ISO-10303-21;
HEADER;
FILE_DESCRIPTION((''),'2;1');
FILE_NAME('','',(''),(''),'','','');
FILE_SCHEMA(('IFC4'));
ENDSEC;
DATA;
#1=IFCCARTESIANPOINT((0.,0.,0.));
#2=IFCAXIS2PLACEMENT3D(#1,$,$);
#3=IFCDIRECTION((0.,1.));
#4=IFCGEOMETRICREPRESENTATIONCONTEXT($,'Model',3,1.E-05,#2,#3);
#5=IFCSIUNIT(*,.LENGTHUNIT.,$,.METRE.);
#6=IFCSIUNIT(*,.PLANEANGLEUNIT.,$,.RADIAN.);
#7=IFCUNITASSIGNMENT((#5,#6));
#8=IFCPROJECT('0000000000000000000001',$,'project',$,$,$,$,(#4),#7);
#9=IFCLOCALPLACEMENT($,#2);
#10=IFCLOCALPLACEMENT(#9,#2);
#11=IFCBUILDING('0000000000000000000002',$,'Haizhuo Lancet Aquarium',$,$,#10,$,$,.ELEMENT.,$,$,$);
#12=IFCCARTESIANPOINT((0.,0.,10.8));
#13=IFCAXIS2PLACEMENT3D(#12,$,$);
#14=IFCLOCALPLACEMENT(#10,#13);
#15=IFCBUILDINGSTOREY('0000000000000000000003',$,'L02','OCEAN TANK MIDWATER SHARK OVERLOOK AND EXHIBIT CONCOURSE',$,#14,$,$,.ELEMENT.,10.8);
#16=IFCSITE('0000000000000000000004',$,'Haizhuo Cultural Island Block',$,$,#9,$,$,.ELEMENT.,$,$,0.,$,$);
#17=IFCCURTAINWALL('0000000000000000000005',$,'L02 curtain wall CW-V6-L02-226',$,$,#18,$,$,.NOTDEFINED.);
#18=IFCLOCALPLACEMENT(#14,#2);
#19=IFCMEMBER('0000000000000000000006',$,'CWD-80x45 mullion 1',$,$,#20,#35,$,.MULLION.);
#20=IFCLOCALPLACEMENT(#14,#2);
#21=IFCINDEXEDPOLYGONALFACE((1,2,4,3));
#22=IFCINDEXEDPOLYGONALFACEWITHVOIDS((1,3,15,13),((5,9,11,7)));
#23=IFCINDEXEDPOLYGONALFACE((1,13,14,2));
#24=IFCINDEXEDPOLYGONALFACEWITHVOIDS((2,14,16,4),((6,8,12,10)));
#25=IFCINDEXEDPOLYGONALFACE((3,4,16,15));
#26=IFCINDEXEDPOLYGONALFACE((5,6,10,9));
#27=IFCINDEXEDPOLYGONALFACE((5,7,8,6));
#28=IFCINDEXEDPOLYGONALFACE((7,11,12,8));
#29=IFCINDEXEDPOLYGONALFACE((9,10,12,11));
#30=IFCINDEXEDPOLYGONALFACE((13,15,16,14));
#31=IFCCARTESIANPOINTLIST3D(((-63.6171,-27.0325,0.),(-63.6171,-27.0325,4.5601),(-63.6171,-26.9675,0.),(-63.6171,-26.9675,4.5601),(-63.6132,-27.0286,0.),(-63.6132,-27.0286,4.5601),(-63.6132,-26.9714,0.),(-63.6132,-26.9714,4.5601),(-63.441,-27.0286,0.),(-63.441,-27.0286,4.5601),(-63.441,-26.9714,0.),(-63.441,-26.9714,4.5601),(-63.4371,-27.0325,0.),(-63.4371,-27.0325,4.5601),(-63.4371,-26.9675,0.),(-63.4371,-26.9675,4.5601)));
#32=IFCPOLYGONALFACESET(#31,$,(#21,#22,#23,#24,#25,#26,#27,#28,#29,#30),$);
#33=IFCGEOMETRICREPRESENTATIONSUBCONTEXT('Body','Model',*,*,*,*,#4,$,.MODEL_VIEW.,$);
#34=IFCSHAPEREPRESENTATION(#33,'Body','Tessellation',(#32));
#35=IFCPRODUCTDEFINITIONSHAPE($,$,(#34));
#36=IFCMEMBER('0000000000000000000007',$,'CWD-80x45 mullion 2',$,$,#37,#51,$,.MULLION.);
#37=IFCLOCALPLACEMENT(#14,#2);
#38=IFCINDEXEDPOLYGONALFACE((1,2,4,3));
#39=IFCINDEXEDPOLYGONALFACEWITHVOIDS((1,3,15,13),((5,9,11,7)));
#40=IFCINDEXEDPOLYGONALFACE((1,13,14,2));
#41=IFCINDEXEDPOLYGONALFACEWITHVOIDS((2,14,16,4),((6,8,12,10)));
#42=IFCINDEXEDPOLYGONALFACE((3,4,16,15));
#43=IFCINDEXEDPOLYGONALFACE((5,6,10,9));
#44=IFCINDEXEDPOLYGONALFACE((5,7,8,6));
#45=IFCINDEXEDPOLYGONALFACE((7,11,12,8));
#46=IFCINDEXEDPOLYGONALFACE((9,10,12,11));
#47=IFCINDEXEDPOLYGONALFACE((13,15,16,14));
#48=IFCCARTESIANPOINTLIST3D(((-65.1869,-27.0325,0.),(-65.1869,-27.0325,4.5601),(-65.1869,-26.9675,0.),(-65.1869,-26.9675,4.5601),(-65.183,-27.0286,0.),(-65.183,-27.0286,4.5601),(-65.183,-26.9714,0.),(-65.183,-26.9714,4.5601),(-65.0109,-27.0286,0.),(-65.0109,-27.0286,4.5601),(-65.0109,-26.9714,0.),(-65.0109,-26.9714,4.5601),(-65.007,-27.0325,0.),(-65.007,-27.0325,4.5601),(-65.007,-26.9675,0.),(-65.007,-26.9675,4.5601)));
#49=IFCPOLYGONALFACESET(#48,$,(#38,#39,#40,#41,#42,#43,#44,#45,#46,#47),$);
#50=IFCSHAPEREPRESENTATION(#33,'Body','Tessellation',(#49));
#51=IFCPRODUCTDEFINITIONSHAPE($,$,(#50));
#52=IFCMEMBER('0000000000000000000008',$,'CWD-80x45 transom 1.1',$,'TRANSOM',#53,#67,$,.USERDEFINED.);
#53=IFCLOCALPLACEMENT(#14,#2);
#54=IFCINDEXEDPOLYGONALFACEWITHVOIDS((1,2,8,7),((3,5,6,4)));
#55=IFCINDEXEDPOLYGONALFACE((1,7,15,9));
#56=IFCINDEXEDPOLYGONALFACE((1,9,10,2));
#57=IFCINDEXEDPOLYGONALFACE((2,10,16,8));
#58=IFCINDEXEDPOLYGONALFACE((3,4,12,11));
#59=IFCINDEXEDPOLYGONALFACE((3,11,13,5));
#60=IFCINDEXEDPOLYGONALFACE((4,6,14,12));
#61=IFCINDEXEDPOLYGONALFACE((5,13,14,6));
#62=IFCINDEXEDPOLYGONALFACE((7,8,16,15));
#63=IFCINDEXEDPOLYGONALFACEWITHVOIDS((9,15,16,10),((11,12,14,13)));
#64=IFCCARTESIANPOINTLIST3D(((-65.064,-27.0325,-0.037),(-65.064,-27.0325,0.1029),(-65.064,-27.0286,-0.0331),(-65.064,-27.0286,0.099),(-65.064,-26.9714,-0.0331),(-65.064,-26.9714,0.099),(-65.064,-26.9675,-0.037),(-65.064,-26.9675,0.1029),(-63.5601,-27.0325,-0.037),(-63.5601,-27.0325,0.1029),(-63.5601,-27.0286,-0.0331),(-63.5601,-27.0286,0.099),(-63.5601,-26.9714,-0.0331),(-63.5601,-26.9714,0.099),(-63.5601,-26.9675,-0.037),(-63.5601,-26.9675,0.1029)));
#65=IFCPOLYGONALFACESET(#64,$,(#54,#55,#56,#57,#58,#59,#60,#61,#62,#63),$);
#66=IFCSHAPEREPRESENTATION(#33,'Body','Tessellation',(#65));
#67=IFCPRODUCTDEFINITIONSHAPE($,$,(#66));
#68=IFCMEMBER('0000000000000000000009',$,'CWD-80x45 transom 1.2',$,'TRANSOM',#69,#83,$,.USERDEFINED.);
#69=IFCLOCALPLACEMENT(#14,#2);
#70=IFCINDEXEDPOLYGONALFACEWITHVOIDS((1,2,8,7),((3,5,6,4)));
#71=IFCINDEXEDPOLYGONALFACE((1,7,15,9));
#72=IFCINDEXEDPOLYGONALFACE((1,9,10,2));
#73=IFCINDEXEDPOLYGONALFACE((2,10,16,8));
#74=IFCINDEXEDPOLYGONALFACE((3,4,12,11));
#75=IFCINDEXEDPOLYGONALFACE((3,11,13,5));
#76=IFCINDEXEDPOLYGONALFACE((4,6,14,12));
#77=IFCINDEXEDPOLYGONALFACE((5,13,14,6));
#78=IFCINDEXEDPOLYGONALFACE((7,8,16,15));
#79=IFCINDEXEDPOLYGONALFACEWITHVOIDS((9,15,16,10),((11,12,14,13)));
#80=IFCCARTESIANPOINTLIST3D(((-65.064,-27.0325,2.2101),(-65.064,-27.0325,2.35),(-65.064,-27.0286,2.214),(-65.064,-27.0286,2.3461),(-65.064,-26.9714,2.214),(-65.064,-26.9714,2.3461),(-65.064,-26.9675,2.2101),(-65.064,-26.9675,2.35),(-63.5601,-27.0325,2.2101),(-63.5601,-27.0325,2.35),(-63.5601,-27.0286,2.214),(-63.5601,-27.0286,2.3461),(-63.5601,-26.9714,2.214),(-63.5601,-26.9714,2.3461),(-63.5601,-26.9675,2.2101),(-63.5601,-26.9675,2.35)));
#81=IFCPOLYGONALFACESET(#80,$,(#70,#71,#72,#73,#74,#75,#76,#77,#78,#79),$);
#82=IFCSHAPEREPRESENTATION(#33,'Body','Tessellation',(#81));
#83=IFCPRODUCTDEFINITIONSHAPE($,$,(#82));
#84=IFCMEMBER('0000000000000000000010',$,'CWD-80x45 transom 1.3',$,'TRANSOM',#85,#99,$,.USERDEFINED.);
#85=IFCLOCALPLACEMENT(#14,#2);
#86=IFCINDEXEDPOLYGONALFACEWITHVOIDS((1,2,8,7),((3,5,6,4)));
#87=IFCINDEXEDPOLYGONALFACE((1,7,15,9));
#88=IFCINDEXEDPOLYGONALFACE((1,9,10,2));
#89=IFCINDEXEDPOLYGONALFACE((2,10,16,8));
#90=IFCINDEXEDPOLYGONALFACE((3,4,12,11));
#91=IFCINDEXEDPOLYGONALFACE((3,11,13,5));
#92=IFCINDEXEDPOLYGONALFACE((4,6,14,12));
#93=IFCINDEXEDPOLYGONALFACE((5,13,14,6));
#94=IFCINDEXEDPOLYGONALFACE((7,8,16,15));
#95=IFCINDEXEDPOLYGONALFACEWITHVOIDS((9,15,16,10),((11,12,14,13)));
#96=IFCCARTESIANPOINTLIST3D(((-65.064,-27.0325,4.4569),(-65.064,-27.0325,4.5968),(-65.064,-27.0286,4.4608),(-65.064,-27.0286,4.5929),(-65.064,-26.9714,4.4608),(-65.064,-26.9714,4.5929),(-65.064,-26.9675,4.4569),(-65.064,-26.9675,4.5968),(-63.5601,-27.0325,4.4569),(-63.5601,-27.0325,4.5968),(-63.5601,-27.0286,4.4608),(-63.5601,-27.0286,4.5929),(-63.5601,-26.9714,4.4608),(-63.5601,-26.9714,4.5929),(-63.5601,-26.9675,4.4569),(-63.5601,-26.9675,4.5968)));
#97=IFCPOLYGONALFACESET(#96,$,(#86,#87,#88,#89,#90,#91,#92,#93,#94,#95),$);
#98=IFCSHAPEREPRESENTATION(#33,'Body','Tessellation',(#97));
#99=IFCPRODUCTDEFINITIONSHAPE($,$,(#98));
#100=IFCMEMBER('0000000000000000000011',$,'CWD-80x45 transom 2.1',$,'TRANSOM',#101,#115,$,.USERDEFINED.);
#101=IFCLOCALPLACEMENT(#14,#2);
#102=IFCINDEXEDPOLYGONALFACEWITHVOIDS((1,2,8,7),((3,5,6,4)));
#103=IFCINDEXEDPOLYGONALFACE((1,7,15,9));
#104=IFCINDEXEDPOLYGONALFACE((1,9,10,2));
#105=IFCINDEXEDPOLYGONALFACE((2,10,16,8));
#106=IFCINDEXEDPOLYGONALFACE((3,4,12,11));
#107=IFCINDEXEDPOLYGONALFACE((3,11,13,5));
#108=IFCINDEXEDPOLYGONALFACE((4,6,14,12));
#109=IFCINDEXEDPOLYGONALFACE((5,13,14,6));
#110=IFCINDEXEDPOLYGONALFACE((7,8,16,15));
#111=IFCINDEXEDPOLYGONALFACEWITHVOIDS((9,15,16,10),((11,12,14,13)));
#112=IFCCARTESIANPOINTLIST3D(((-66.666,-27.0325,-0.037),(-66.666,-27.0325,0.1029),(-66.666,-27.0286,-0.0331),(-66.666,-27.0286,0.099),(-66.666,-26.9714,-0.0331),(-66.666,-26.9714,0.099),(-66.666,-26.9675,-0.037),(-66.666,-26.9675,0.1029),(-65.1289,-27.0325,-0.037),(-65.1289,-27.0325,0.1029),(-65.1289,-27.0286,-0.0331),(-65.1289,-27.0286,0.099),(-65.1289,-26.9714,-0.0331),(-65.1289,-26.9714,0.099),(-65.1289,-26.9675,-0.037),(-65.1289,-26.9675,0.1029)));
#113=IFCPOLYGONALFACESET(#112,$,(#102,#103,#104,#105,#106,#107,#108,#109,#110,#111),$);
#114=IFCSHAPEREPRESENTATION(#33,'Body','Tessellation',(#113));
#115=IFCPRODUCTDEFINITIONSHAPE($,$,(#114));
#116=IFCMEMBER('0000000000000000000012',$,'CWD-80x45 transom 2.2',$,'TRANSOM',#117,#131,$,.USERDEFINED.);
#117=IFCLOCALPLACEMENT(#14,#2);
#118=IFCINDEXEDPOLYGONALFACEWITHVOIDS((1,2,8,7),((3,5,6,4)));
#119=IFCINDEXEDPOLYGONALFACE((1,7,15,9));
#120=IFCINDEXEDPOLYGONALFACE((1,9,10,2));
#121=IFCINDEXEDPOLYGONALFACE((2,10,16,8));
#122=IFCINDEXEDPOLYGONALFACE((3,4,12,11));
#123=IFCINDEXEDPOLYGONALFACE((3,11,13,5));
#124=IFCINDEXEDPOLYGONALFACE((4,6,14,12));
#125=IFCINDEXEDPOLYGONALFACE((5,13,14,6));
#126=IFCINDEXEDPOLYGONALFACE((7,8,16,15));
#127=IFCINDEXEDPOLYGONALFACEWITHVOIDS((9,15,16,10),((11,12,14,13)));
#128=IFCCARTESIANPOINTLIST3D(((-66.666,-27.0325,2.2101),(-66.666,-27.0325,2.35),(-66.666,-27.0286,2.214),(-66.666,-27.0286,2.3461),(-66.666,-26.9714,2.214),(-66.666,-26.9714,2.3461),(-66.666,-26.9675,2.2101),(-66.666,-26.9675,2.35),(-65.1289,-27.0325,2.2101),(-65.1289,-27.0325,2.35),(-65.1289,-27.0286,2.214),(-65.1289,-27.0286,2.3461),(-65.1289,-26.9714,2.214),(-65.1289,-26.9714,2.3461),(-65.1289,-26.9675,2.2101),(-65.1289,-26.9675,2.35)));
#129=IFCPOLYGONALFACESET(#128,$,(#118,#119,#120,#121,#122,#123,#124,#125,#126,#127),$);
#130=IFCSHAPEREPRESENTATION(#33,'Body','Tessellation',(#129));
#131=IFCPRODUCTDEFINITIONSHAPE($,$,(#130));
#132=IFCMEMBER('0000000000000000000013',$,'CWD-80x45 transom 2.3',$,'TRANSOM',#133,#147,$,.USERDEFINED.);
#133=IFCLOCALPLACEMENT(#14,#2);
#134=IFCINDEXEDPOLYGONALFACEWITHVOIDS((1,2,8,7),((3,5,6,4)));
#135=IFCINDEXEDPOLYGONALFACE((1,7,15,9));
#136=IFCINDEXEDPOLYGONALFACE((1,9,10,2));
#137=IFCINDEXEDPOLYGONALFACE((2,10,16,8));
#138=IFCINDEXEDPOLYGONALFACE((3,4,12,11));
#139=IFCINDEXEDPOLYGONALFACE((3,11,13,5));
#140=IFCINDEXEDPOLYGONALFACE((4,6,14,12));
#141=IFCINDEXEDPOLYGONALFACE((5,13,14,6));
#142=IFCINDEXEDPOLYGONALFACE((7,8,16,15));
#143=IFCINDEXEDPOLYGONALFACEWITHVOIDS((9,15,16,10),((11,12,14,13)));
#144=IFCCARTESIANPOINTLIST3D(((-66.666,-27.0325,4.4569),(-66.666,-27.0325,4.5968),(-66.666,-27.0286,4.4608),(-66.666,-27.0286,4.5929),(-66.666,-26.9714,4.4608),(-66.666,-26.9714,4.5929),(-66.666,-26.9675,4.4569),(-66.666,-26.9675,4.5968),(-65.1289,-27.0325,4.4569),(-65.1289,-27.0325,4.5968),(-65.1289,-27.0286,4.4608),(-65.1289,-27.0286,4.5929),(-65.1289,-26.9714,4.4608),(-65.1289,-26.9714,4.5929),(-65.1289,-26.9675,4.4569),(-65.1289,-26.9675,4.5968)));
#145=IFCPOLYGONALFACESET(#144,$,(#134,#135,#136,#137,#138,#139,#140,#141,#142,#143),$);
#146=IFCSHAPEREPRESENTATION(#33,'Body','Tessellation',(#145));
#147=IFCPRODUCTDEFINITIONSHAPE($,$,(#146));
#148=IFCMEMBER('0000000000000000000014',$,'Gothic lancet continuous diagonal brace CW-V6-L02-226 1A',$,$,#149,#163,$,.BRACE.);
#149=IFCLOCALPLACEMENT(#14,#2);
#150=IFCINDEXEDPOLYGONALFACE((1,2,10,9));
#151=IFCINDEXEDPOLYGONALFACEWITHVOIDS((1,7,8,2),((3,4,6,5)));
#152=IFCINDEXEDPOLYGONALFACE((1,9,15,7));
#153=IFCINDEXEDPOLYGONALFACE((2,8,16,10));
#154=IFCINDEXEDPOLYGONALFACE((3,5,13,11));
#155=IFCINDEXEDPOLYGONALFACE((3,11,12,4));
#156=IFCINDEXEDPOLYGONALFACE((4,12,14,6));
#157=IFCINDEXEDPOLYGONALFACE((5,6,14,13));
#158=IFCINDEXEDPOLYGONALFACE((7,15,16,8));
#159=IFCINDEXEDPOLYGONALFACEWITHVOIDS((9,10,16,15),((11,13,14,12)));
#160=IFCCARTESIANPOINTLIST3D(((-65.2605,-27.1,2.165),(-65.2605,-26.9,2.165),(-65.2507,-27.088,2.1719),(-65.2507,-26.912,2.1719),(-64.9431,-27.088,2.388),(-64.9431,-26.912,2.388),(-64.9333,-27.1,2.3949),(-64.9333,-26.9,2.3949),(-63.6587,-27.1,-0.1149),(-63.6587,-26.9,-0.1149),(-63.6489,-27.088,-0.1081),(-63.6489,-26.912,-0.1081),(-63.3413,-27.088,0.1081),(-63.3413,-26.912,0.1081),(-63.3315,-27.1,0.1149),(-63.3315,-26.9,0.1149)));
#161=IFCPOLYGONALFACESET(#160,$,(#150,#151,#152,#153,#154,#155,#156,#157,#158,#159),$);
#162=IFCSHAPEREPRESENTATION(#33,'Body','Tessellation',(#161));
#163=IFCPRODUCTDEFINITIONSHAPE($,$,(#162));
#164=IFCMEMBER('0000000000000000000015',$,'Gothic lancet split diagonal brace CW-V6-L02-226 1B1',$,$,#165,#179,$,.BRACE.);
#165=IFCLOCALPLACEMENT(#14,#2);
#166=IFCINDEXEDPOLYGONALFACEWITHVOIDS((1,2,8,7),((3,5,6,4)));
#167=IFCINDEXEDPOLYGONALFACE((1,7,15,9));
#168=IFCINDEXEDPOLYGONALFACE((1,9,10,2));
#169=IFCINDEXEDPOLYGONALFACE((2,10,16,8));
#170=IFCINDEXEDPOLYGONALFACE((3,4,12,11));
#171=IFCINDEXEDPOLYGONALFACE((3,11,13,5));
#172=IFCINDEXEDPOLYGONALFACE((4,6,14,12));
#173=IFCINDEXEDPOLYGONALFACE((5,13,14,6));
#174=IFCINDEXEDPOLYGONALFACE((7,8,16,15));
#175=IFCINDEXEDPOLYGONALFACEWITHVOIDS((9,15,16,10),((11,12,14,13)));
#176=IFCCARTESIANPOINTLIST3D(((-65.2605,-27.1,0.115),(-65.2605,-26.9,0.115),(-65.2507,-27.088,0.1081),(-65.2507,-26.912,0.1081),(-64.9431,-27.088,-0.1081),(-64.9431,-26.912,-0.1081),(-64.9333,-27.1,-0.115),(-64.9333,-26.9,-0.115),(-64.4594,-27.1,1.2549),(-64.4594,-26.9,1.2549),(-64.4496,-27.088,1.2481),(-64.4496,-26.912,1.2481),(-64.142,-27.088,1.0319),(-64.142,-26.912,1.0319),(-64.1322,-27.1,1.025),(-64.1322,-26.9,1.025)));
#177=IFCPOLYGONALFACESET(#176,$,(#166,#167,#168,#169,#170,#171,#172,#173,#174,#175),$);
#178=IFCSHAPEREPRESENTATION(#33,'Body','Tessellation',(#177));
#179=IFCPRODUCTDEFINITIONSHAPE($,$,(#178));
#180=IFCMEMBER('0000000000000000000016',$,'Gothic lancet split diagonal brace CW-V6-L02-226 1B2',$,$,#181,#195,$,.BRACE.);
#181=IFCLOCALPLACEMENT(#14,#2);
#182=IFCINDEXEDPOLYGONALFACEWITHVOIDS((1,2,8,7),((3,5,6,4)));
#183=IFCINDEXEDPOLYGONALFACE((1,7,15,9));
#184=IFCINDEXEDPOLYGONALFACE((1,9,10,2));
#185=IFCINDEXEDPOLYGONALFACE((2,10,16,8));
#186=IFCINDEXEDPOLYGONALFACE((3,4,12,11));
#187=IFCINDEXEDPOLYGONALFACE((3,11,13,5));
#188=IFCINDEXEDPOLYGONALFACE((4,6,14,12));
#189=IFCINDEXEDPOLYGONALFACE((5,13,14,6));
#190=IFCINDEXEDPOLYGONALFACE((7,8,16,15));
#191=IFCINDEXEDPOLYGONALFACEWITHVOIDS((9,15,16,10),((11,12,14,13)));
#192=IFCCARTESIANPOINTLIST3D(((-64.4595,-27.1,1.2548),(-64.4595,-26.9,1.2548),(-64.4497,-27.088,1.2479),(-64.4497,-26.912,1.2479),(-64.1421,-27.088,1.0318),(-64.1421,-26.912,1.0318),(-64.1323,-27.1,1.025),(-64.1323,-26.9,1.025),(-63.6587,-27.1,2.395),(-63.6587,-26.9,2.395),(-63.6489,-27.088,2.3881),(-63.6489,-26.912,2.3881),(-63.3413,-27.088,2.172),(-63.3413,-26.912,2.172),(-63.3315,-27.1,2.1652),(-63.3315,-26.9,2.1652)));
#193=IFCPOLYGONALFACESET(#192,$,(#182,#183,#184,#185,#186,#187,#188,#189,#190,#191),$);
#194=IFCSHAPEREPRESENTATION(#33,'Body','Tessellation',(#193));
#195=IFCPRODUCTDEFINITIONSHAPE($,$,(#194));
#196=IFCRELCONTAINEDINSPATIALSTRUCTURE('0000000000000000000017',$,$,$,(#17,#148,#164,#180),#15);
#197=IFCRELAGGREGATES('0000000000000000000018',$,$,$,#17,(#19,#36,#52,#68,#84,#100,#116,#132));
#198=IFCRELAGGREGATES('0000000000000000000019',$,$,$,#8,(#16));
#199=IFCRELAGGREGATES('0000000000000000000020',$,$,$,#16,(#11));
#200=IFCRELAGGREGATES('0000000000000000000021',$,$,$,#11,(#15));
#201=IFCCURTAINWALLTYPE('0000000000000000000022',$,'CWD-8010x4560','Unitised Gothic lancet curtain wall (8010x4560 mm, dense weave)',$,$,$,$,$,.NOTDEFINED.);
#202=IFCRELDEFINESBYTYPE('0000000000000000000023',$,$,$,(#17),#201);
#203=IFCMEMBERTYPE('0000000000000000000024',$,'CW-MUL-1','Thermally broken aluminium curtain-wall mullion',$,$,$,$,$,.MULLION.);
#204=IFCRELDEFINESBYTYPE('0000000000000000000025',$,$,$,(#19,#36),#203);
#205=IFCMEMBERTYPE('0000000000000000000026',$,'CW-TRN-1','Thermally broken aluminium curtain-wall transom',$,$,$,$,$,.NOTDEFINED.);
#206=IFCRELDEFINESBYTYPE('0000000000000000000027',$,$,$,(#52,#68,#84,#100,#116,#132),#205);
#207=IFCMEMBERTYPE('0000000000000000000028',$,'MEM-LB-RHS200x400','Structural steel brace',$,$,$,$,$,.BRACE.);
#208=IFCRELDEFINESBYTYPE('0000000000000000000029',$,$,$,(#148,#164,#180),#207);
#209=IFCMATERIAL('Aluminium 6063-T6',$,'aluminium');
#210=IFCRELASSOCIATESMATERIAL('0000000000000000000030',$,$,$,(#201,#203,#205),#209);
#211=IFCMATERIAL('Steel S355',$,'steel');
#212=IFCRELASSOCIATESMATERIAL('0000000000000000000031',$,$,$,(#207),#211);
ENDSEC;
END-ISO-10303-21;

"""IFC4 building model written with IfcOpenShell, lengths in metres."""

from ifc_helpers import new_model, si_unit, direction, frame, origin, origin_2d, place, context, subcontext, project, spatial, hollow_rectangle, extrude, material, material_profile, profile_set, type_object, element, aggregate, save


model = new_model("IFC4")

# Units and contexts
model_context = context("Model", 3, precision=1e-05, world=origin(), true_north=direction((0.0, 1.0)))
body_context = subcontext(model_context, "Body", "Model", "MODEL_VIEW")
ifc_project = project(units=[si_unit("LENGTHUNIT", "METRE"), si_unit("PLANEANGLEUNIT", "RADIAN")], contexts=[model_context])

# Site, building, storey
site_placement = place(None, origin())
site = spatial("IfcSite", under=ifc_project, at=site_placement, Name="Haizhuo Cultural Island Block", CompositionType="ELEMENT", RefElevation=0.0)
building_placement = place(site_placement, origin())
building = spatial("IfcBuilding", under=site, at=building_placement, Name="Haizhuo Lancet Aquarium", CompositionType="ELEMENT")
storey_placement = place(building_placement, frame((0.0, 0.0, 10.8)))
storey = spatial("IfcBuildingStorey", under=building, at=storey_placement, Name="L02", Description="OCEAN TANK MIDWATER SHARK OVERLOOK AND EXHIBIT CONCOURSE", CompositionType="ELEMENT", Elevation=10.8)

# Curtain wall, members
ifc_material_1 = material(Name="Aluminium 6063-T6", Category="aluminium")
curtain_wall_type = type_object("IfcCurtainWallType", Name="CWD-8010x4560", Description="Unitised Gothic lancet curtain wall (8010x4560 mm, dense weave)", PredefinedType="NOTDEFINED", material=ifc_material_1)
curtain_wall_placement = place(storey_placement, origin())
curtain_wall = element("IfcCurtainWall", 1, at=curtain_wall_placement, inside=storey, type_object=curtain_wall_type, Name="L02 curtain wall CW-V6-L02-226", PredefinedType="NOTDEFINED")
ifc_material_profile_1 = material_profile(ifc_material_1, hollow_rectangle(XDim=0.0649, YDim=0.1799, WallThickness=0.0039, at=origin_2d()), Name="ALU-M 65x180x4")
ifc_profile_set_1 = profile_set([ifc_material_profile_1], Name="Aluminium 6063-T6")
member_type_1 = type_object("IfcMemberType", Name="CW-MUL-1", Description="Thermally broken aluminium curtain-wall mullion", PredefinedType="MULLION", material=ifc_profile_set_1)
member_1_placement = place(storey_placement, frame((-63.5271, -27.0, 0.0), z_axis=(0.0, 0.0, 1.0), x_axis=(0.0, -1.0, 0.0)))
member_1 = element("IfcMember", 2, at=member_1_placement, type_object=member_type_1, Name="CWD-80x45 mullion 1", PredefinedType="MULLION", context=body_context, shape_type="SweptSolid", body=[
    extrude(hollow_rectangle(XDim=0.0649, YDim=0.1799, WallThickness=0.0039, at=origin_2d()), origin(), (0.0, 0.0, 1.0), 4.5601),
])
member_2_placement = place(storey_placement, frame((-65.0969, -27.0, 0.0), z_axis=(0.0, 0.0, 1.0), x_axis=(0.0, -1.0, 0.0)))
member_2 = element("IfcMember", 3, at=member_2_placement, type_object=member_type_1, Name="CWD-80x45 mullion 2", PredefinedType="MULLION", context=body_context, shape_type="SweptSolid", body=[
    extrude(hollow_rectangle(XDim=0.0649, YDim=0.1799, WallThickness=0.0039, at=origin_2d()), origin(), (0.0, 0.0, 1.0), 4.5601),
])
ifc_material_profile_2 = material_profile(ifc_material_1, hollow_rectangle(XDim=0.0649, YDim=0.1399, WallThickness=0.0039, at=origin_2d()), Name="ALU-T 65x140x4")
ifc_profile_set_2 = profile_set([ifc_material_profile_2], Name="Aluminium 6063-T6")
member_type_2 = type_object("IfcMemberType", Name="CW-TRN-1", Description="Thermally broken aluminium curtain-wall transom", PredefinedType="NOTDEFINED", material=ifc_profile_set_2)
member_3_placement = place(storey_placement, frame((-63.5601, -27.0, 0.033), z_axis=(-1.0, 0.0, 0.0), x_axis=(0.0, -1.0, 0.0)))
member_3 = element("IfcMember", 4, at=member_3_placement, type_object=member_type_2, Name="CWD-80x45 transom 1.1", ObjectType="TRANSOM", PredefinedType="USERDEFINED", context=body_context, shape_type="SweptSolid", body=[
    extrude(hollow_rectangle(XDim=0.0649, YDim=0.1399, WallThickness=0.0039, at=origin_2d()), origin(), (0.0, 0.0, 1.0), 1.5039),
])
member_4_placement = place(storey_placement, frame((-63.5601, -27.0, 2.28), z_axis=(-1.0, 0.0, 0.0), x_axis=(0.0, -1.0, 0.0)))
member_4 = element("IfcMember", 5, at=member_4_placement, type_object=member_type_2, Name="CWD-80x45 transom 1.2", ObjectType="TRANSOM", PredefinedType="USERDEFINED", context=body_context, shape_type="SweptSolid", body=[
    extrude(hollow_rectangle(XDim=0.0649, YDim=0.1399, WallThickness=0.0039, at=origin_2d()), origin(), (0.0, 0.0, 1.0), 1.5039),
])
member_5_placement = place(storey_placement, frame((-63.5601, -27.0, 4.5269), z_axis=(-1.0, 0.0, 0.0), x_axis=(0.0, -1.0, 0.0)))
member_5 = element("IfcMember", 6, at=member_5_placement, type_object=member_type_2, Name="CWD-80x45 transom 1.3", ObjectType="TRANSOM", PredefinedType="USERDEFINED", context=body_context, shape_type="SweptSolid", body=[
    extrude(hollow_rectangle(XDim=0.0649, YDim=0.1399, WallThickness=0.0039, at=origin_2d()), origin(), (0.0, 0.0, 1.0), 1.5039),
])
member_6_placement = place(storey_placement, frame((-65.1289, -27.0, 0.033), z_axis=(-1.0, 0.0, 0.0), x_axis=(0.0, -1.0, 0.0)))
member_6 = element("IfcMember", 7, at=member_6_placement, type_object=member_type_2, Name="CWD-80x45 transom 2.1", ObjectType="TRANSOM", PredefinedType="USERDEFINED", context=body_context, shape_type="SweptSolid", body=[
    extrude(hollow_rectangle(XDim=0.0649, YDim=0.1399, WallThickness=0.0039, at=origin_2d()), origin(), (0.0, 0.0, 1.0), 1.5371),
])
member_7_placement = place(storey_placement, frame((-65.1289, -27.0, 2.28), z_axis=(-1.0, 0.0, 0.0), x_axis=(0.0, -1.0, 0.0)))
member_7 = element("IfcMember", 8, at=member_7_placement, type_object=member_type_2, Name="CWD-80x45 transom 2.2", ObjectType="TRANSOM", PredefinedType="USERDEFINED", context=body_context, shape_type="SweptSolid", body=[
    extrude(hollow_rectangle(XDim=0.0649, YDim=0.1399, WallThickness=0.0039, at=origin_2d()), origin(), (0.0, 0.0, 1.0), 1.5371),
])
member_8_placement = place(storey_placement, frame((-65.1289, -27.0, 4.5269), z_axis=(-1.0, 0.0, 0.0), x_axis=(0.0, -1.0, 0.0)))
member_8 = element("IfcMember", 9, at=member_8_placement, type_object=member_type_2, Name="CWD-80x45 transom 2.3", ObjectType="TRANSOM", PredefinedType="USERDEFINED", context=body_context, shape_type="SweptSolid", body=[
    extrude(hollow_rectangle(XDim=0.0649, YDim=0.1399, WallThickness=0.0039, at=origin_2d()), origin(), (0.0, 0.0, 1.0), 1.5371),
])

# Members
ifc_material_2 = material(Name="Steel S355", Category="steel")
ifc_material_profile_3 = material_profile(ifc_material_2, hollow_rectangle(XDim=0.2, YDim=0.3999, WallThickness=0.012, at=origin_2d()), Name="RHS 200x400x12")
ifc_profile_set_3 = profile_set([ifc_material_profile_3], Name="Steel S355")
member_type_3 = type_object("IfcMemberType", Name="MEM-LB-RHS200x400", Description="Structural steel brace", PredefinedType="BRACE", material=ifc_profile_set_3)
member_9_placement = place(storey_placement, frame((-63.4951, -27.0, 0.0), z_axis=(-0.574855, 0.0, 0.818255), x_axis=(0.0, -1.0, 0.0)))
element("IfcMember", 10, at=member_9_placement, inside=storey, type_object=member_type_3, Name="Gothic lancet continuous diagonal brace CW-V6-L02-226 1A", PredefinedType="BRACE", context=body_context, shape_type="SweptSolid", body=[
    extrude(hollow_rectangle(XDim=0.2, YDim=0.3999, WallThickness=0.012, at=origin_2d()), origin(), (0.0, 0.0, 1.0), 2.7864),
])
for number, where, z_axis, x_axis, name in (
    (11, (-65.0969, -27.0, 0.0), (0.574955, 0.0, 0.818185), (0.0, 1.0, 0.0), "Gothic lancet split diagonal brace CW-V6-L02-226 1B1"),
    (12, (-64.2959, -27.0, 1.1399), (0.574755, 0.0, 0.818325), (0.0, 1.0, 0.0), "Gothic lancet split diagonal brace CW-V6-L02-226 1B2"),
):
    element("IfcMember", number, at=place(storey_placement, frame(where, z_axis=z_axis, x_axis=x_axis)), inside=storey, type_object=member_type_3, Name=name, PredefinedType="BRACE", context=body_context, shape_type="SweptSolid", body=[
        extrude(hollow_rectangle(XDim=0.2, YDim=0.3999, WallThickness=0.012, at=origin_2d()), origin(), (0.0, 0.0, 1.0), 1.3933),
    ])

aggregate(curtain_wall, [member_1, member_2, member_3, member_4, member_5, member_6, member_7, member_8])

save(model, "model.ifc")
